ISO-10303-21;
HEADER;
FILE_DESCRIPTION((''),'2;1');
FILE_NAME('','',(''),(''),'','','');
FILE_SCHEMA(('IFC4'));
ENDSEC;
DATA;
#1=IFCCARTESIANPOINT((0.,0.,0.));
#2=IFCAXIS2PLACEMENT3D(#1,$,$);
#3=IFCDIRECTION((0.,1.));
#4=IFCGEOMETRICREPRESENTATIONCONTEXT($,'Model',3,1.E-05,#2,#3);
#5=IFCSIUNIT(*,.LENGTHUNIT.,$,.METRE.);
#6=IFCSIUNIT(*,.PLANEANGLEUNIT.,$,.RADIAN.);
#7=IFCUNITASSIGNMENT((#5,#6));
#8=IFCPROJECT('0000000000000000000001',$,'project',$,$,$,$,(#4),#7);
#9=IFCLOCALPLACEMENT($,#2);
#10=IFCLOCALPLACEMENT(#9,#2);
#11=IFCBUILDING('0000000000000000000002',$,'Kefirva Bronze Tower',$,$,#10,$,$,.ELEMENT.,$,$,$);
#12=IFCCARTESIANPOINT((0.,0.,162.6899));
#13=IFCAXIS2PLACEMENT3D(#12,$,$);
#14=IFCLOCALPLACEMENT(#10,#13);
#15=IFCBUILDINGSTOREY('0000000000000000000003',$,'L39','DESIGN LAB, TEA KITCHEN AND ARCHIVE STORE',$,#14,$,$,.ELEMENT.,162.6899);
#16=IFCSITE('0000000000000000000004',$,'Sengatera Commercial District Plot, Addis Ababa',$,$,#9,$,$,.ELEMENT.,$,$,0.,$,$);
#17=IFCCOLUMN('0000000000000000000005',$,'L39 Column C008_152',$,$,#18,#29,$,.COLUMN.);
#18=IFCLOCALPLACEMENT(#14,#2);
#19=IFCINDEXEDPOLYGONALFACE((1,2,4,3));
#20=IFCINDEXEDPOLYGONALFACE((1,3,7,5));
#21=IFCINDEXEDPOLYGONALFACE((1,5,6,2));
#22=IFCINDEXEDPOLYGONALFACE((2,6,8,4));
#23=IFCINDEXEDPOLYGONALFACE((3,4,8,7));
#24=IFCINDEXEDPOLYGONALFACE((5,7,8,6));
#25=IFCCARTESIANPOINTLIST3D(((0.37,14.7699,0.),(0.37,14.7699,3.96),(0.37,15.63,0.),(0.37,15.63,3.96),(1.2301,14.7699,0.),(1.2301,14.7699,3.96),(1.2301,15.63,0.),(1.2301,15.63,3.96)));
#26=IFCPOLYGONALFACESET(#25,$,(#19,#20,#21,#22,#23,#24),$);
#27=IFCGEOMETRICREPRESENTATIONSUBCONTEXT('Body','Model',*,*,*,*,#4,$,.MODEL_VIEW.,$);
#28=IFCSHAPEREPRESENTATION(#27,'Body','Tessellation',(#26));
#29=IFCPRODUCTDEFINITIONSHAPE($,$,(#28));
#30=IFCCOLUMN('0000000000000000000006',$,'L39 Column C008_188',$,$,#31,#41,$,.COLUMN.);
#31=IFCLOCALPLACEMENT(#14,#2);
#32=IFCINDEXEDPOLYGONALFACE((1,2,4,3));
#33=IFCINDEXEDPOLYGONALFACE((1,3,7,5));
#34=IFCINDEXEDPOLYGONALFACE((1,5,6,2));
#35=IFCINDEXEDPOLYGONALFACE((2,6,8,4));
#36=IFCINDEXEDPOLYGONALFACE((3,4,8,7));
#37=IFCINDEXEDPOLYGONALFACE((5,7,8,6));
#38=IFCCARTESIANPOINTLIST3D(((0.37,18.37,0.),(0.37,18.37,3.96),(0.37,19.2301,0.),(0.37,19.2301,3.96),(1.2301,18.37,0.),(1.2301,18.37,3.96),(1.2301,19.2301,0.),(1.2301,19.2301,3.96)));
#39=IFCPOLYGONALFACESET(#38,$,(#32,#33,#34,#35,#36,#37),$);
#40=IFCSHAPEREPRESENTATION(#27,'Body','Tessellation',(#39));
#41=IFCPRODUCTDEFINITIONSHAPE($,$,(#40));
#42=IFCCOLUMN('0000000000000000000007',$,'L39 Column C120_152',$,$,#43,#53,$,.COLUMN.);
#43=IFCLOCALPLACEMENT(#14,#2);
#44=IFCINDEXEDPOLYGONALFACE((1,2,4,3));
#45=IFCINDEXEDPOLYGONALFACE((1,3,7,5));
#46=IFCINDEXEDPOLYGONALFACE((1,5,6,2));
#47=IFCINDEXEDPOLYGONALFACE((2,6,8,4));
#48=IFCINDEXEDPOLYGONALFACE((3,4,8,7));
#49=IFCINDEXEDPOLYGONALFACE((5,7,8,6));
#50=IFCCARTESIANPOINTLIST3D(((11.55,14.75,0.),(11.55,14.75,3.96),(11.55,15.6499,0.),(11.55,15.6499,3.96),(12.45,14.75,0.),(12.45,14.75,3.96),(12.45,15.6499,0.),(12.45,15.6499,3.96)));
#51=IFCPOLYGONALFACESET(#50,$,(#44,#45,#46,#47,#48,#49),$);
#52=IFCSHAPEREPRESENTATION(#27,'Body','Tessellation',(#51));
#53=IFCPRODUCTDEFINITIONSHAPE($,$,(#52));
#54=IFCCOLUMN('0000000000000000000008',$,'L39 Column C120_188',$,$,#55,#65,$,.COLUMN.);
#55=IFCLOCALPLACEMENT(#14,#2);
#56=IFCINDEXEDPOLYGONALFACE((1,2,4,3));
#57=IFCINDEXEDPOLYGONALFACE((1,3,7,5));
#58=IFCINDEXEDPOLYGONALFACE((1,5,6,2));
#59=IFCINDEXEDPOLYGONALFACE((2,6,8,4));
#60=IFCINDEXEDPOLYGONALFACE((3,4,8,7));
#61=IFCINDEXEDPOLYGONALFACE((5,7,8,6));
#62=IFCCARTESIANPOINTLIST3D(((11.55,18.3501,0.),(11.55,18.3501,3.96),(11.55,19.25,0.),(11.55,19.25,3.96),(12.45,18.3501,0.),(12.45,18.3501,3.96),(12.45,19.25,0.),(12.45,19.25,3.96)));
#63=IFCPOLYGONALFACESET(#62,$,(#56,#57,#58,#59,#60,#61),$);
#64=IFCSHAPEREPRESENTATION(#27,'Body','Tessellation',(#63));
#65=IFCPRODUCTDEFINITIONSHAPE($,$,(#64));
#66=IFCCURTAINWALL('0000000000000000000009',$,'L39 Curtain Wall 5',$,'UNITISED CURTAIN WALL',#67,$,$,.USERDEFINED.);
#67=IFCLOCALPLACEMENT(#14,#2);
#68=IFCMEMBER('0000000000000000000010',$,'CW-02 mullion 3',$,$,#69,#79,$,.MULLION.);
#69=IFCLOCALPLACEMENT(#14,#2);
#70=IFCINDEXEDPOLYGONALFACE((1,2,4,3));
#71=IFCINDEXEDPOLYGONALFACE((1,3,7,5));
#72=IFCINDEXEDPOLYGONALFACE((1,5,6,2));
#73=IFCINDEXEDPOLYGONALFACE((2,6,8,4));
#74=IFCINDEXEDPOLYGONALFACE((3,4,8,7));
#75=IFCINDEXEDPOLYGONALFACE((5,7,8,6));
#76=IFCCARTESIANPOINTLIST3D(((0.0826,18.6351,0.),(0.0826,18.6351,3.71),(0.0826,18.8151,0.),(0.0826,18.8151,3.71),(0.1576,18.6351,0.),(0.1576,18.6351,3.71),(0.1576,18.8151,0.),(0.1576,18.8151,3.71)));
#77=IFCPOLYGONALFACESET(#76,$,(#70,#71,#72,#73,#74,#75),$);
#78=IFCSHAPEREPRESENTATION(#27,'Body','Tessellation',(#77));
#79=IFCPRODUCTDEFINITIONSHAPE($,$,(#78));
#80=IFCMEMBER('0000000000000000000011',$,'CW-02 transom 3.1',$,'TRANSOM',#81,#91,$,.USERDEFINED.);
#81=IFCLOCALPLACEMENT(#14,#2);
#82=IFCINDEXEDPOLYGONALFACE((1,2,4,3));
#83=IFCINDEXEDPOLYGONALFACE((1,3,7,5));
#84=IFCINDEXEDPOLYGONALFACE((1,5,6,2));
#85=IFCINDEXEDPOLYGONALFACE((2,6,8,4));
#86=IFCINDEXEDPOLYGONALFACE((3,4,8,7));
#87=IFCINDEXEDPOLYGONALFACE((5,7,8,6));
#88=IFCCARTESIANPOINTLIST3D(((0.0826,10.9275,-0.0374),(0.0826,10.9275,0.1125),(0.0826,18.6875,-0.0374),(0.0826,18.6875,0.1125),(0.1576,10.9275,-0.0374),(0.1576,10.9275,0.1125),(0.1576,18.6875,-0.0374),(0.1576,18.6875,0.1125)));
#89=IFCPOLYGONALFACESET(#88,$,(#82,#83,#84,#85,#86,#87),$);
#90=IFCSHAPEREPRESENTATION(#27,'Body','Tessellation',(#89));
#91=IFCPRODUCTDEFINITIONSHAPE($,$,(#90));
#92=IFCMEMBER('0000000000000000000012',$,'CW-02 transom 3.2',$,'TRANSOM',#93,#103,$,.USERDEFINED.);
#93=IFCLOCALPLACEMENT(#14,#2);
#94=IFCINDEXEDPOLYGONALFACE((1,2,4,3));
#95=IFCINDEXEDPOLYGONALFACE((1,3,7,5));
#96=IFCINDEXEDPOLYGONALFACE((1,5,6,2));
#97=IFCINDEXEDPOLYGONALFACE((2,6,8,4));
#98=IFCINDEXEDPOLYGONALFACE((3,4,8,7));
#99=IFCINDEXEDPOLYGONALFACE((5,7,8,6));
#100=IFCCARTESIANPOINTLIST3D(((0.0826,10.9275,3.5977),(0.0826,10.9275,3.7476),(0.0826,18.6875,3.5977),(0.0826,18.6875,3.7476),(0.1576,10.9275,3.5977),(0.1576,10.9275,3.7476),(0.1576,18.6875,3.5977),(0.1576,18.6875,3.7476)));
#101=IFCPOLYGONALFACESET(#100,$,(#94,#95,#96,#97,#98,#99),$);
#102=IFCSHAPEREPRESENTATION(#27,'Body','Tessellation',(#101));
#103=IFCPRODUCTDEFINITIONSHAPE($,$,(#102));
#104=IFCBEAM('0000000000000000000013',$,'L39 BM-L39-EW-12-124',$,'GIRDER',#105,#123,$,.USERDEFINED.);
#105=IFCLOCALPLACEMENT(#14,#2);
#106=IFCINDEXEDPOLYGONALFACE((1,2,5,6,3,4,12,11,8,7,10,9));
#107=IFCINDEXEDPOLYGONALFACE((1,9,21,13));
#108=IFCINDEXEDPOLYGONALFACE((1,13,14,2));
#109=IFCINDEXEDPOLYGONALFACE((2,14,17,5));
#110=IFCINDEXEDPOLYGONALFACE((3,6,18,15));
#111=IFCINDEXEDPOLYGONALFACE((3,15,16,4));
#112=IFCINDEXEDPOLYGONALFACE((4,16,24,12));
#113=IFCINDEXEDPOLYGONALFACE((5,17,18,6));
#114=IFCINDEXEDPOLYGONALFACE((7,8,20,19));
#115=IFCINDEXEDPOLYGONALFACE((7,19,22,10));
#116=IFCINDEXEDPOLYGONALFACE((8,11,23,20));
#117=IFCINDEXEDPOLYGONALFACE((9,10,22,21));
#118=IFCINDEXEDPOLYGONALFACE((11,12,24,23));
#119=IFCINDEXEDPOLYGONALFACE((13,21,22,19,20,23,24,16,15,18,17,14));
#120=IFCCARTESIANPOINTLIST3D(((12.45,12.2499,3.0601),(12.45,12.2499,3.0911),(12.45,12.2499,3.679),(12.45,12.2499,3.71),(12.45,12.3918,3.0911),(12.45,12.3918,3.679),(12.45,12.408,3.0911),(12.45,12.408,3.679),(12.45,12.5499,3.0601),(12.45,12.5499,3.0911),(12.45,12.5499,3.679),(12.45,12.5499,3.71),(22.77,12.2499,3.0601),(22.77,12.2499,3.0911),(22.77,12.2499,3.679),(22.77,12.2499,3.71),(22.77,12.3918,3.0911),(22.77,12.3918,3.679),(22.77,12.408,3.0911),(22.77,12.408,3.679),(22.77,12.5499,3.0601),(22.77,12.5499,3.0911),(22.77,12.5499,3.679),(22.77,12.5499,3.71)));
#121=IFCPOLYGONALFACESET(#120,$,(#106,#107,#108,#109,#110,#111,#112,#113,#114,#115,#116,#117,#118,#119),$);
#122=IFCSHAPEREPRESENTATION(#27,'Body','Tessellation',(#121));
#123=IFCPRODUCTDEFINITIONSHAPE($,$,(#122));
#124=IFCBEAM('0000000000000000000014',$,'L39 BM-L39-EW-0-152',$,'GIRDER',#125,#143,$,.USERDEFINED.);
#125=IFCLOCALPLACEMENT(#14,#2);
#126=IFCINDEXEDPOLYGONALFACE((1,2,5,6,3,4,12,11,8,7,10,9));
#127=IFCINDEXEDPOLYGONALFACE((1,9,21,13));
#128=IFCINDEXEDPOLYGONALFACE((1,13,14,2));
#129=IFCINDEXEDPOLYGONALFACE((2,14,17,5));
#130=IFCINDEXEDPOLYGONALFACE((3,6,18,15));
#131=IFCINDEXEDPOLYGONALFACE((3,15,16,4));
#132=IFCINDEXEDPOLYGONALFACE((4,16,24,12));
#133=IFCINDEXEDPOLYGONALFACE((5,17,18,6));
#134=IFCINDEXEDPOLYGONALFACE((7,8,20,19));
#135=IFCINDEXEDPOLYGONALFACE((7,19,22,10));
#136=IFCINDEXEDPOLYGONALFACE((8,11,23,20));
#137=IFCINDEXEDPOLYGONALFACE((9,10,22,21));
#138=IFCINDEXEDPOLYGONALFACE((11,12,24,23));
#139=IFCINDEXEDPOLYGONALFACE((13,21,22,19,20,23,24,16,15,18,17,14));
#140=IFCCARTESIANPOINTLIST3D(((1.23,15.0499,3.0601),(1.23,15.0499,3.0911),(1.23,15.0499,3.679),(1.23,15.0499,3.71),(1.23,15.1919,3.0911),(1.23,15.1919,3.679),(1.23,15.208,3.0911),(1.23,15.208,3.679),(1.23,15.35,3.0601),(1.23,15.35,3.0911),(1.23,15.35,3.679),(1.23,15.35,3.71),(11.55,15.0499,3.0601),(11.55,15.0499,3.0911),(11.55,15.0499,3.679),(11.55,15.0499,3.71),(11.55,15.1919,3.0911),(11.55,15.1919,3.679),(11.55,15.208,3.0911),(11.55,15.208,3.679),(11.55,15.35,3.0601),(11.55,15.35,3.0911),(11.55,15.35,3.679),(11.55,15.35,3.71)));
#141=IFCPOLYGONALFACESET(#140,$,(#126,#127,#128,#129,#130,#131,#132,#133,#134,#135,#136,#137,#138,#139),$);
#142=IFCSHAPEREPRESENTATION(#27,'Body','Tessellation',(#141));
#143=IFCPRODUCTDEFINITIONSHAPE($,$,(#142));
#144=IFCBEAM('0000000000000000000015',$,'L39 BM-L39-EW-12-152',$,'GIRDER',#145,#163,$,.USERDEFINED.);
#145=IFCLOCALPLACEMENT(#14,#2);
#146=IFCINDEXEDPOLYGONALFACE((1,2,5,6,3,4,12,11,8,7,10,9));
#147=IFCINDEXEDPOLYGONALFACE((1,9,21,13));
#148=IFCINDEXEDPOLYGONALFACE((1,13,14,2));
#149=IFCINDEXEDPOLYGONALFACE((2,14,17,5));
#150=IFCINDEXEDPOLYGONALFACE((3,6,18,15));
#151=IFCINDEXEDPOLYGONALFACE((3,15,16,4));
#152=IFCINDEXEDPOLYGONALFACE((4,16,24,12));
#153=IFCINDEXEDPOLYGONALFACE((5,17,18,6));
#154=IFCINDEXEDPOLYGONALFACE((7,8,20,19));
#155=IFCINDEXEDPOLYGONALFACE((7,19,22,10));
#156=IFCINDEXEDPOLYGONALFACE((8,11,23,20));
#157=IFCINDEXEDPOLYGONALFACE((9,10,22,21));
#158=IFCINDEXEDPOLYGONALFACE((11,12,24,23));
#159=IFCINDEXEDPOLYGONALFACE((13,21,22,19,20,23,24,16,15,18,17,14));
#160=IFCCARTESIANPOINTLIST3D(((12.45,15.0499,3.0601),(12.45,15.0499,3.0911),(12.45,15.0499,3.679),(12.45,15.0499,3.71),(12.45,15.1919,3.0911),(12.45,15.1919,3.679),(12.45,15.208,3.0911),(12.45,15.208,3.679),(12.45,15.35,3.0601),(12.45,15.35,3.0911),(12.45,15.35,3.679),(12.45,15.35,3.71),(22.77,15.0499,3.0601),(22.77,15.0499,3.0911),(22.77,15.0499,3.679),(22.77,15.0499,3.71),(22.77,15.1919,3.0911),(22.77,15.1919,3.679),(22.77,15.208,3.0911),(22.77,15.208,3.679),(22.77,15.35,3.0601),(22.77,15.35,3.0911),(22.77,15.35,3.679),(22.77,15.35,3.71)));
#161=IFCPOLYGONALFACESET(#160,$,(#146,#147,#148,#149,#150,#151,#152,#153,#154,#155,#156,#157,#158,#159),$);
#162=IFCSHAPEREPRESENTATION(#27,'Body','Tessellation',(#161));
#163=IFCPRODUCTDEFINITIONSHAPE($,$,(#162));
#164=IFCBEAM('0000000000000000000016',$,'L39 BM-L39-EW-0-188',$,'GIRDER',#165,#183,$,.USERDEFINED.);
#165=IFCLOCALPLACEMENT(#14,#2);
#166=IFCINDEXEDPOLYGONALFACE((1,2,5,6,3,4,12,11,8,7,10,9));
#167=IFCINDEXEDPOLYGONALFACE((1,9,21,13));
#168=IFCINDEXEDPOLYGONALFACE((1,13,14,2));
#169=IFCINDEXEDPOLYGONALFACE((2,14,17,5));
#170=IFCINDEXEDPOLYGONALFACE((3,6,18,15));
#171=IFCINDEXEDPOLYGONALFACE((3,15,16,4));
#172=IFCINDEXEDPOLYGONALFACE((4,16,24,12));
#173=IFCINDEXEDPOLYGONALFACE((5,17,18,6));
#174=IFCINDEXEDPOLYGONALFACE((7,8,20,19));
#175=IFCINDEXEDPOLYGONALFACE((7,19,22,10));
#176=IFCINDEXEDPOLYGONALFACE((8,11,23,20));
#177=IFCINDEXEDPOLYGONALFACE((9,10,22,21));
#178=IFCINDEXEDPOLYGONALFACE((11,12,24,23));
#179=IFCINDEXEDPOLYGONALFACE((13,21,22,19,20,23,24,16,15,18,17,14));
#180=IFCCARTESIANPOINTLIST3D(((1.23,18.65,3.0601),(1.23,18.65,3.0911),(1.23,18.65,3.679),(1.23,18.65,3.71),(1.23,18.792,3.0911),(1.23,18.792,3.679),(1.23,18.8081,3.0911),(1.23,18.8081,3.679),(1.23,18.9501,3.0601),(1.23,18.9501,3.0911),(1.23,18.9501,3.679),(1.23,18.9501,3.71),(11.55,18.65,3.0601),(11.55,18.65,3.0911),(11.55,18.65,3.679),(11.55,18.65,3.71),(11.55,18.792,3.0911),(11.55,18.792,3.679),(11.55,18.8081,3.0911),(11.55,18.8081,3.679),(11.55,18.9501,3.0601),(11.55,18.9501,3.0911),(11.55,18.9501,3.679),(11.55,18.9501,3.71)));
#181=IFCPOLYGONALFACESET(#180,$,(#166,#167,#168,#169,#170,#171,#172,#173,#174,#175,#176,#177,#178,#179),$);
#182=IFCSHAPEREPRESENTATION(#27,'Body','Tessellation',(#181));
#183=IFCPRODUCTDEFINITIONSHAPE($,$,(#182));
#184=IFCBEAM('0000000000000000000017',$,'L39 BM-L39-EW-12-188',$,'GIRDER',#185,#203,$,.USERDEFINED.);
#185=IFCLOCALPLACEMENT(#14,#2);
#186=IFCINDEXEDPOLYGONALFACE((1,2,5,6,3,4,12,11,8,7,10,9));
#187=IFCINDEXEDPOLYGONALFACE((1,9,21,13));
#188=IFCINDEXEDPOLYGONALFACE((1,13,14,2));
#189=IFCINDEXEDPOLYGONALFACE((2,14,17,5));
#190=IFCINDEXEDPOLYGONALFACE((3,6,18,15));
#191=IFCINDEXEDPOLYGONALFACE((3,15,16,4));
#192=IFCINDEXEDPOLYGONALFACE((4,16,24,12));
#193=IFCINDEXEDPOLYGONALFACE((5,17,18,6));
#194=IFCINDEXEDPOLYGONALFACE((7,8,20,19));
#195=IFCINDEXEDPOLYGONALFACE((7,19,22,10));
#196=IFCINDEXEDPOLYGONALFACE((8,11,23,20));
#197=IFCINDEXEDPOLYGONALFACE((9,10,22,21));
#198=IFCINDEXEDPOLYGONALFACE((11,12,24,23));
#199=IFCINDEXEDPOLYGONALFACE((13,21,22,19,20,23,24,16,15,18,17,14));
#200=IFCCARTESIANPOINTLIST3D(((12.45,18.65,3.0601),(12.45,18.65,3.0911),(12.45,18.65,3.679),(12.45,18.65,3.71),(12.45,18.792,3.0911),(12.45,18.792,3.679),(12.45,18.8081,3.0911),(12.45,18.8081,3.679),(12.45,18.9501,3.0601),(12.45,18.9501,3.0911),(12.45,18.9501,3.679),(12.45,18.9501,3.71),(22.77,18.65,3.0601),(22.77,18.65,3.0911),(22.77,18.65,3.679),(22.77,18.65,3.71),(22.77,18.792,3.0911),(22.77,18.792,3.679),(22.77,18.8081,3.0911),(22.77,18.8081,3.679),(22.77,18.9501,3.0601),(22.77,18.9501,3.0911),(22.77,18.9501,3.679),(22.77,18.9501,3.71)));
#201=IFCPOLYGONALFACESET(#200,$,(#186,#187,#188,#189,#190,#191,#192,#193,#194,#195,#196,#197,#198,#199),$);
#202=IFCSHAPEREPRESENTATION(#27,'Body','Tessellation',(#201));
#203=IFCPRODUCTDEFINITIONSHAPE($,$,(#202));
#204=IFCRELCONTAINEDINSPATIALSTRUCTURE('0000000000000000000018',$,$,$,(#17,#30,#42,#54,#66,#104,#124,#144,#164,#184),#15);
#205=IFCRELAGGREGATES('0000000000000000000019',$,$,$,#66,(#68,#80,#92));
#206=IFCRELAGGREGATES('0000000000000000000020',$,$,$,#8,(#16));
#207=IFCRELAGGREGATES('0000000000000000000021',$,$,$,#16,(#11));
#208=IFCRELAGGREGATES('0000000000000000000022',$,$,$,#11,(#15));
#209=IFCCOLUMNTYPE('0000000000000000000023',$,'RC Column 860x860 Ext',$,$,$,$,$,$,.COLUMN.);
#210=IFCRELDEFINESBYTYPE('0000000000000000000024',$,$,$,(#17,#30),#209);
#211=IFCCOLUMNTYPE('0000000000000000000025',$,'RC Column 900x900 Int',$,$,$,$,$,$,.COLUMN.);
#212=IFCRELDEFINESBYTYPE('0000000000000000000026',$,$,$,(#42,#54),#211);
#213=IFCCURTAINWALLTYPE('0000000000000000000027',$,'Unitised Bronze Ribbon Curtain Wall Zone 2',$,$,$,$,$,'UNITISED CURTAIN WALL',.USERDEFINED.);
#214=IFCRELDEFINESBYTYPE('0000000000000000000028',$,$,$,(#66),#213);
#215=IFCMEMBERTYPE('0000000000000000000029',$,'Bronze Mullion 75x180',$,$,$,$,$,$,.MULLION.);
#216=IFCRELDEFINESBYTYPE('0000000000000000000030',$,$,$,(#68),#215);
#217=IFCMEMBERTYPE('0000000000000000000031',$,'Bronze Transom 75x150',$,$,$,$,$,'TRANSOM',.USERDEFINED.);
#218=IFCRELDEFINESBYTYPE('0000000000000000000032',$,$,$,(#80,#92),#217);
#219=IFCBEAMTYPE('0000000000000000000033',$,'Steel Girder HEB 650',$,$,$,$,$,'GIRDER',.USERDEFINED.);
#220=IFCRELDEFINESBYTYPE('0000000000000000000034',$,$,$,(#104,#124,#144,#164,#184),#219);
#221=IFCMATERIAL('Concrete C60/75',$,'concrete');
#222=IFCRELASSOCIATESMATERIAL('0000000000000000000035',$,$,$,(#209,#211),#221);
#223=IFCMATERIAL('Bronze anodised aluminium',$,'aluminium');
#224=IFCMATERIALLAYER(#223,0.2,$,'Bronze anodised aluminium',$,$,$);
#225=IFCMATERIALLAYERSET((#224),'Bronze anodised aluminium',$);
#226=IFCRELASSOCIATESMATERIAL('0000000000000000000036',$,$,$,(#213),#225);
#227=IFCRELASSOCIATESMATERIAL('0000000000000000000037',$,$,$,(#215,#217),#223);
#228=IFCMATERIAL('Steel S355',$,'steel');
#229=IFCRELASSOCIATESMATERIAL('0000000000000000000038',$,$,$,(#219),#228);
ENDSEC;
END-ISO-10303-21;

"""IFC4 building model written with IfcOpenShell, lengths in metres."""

from ifc_helpers import new_model, si_unit, direction, frame, origin, origin_2d, place, context, subcontext, project, spatial, rectangle, i_section, extrude, material, layer, layer_set, material_profile, profile_set, type_object, element, aggregate, save


model = new_model("IFC4")

# Units and contexts
model_context = context("Model", 3, precision=1e-05, world=origin(), true_north=direction((0.0, 1.0)))
body_context = subcontext(model_context, "Body", "Model", "MODEL_VIEW")
ifc_project = project(units=[si_unit("LENGTHUNIT", "METRE"), si_unit("PLANEANGLEUNIT", "RADIAN")], contexts=[model_context])

# Site, building, storey
site_placement = place(None, origin())
site = spatial("IfcSite", under=ifc_project, at=site_placement, Name="Sengatera Commercial District Plot, Addis Ababa", CompositionType="ELEMENT", RefElevation=0.0)
building_placement = place(site_placement, origin())
building = spatial("IfcBuilding", under=site, at=building_placement, Name="Kefirva Bronze Tower", CompositionType="ELEMENT")
storey_placement = place(building_placement, frame((0.0, 0.0, 162.6899)))
storey = spatial("IfcBuildingStorey", under=building, at=storey_placement, Name="L39", Description="DESIGN LAB, TEA KITCHEN AND ARCHIVE STORE", CompositionType="ELEMENT", Elevation=162.6899)

# Columns
ifc_material_1 = material(Name="Concrete C60/75", Category="concrete")
ifc_material_profile_1 = material_profile(ifc_material_1, rectangle(XDim=0.8601, YDim=0.8601, at=origin_2d()), Name="RC 860x860")
ifc_profile_set_1 = profile_set([ifc_material_profile_1], Name="Concrete C60/75")
column_type_1 = type_object("IfcColumnType", Name="RC Column 860x860 Ext", PredefinedType="COLUMN", material=ifc_profile_set_1)
for number, where, z_axis, x_axis, name in (
    (1, (0.8, 15.2, 0.0), (0.0, 0.0, 1.0), (1.0, 0.0, 0.0), "L39 Column C008_152"),
    (2, (0.8, 18.8, 0.0), (0.0, 0.0, 1.0), (1.0, 0.0, 0.0), "L39 Column C008_188"),
):
    element("IfcColumn", number, at=place(storey_placement, frame(where, z_axis=z_axis, x_axis=x_axis)), inside=storey, type_object=column_type_1, Name=name, PredefinedType="COLUMN", context=body_context, shape_type="SweptSolid", body=[
        extrude(rectangle(XDim=0.8601, YDim=0.8601, at=origin_2d()), origin(), (0.0, 0.0, 1.0), 3.96),
    ])
ifc_material_profile_2 = material_profile(ifc_material_1, rectangle(XDim=0.8999, YDim=0.8999, at=origin_2d()), Name="RC 900x900")
ifc_profile_set_2 = profile_set([ifc_material_profile_2], Name="Concrete C60/75")
column_type_2 = type_object("IfcColumnType", Name="RC Column 900x900 Int", PredefinedType="COLUMN", material=ifc_profile_set_2)
for number, where, z_axis, x_axis, name in (
    (3, (12.0, 15.2, 0.0), (0.0, 0.0, 1.0), (1.0, 0.0, 0.0), "L39 Column C120_152"),
    (4, (12.0, 18.8, 0.0), (0.0, 0.0, 1.0), (1.0, 0.0, 0.0), "L39 Column C120_188"),
):
    element("IfcColumn", number, at=place(storey_placement, frame(where, z_axis=z_axis, x_axis=x_axis)), inside=storey, type_object=column_type_2, Name=name, PredefinedType="COLUMN", context=body_context, shape_type="SweptSolid", body=[
        extrude(rectangle(XDim=0.8999, YDim=0.8999, at=origin_2d()), origin(), (0.0, 0.0, 1.0), 3.96),
    ])

# Curtain wall, members
ifc_material_2 = material(Name="Bronze anodised aluminium", Category="aluminium")
ifc_layer_1 = layer(ifc_material_2, 0.2, Name="Bronze anodised aluminium")
ifc_layer_set_1 = layer_set([ifc_layer_1], Name="Bronze anodised aluminium")
curtain_wall_type = type_object("IfcCurtainWallType", Name="Unitised Bronze Ribbon Curtain Wall Zone 2", ElementType="UNITISED CURTAIN WALL", PredefinedType="USERDEFINED", material=ifc_layer_set_1)
curtain_wall_placement = place(storey_placement, origin())
curtain_wall = element("IfcCurtainWall", 5, at=curtain_wall_placement, inside=storey, type_object=curtain_wall_type, Name="L39 Curtain Wall 5", ObjectType="UNITISED CURTAIN WALL", PredefinedType="USERDEFINED")
ifc_material_profile_3 = material_profile(ifc_material_2, rectangle(XDim=0.075, YDim=0.1799, at=origin_2d()), Name="ALU 75x180")
ifc_profile_set_3 = profile_set([ifc_material_profile_3], Name="Bronze anodised aluminium")
member_type_1 = type_object("IfcMemberType", Name="Bronze Mullion 75x180", PredefinedType="MULLION", material=ifc_profile_set_3)
member_1_placement = place(storey_placement, frame((0.1201, 18.7251, 0.0), z_axis=(0.0, 0.0, 1.0), x_axis=(1.0, 0.0, 0.0)))
member_1 = element("IfcMember", 6, at=member_1_placement, type_object=member_type_1, Name="CW-02 mullion 3", PredefinedType="MULLION", context=body_context, shape_type="SweptSolid", body=[
    extrude(rectangle(XDim=0.075, YDim=0.1799, at=origin_2d()), origin(), (0.0, 0.0, 1.0), 3.71),
])
ifc_material_profile_4 = material_profile(ifc_material_2, rectangle(XDim=0.075, YDim=0.1499, at=origin_2d()), Name="ALU 75x150")
ifc_profile_set_4 = profile_set([ifc_material_profile_4], Name="Bronze anodised aluminium")
member_type_2 = type_object("IfcMemberType", Name="Bronze Transom 75x150", ElementType="TRANSOM", PredefinedType="USERDEFINED", material=ifc_profile_set_4)
member_2_placement = place(storey_placement, frame((0.1201, 18.6875, 0.0376), z_axis=(0.0, -1.0, 0.0), x_axis=(1.0, 0.0, 0.0)))
member_2 = element("IfcMember", 7, at=member_2_placement, type_object=member_type_2, Name="CW-02 transom 3.1", ObjectType="TRANSOM", PredefinedType="USERDEFINED", context=body_context, shape_type="SweptSolid", body=[
    extrude(rectangle(XDim=0.075, YDim=0.1499, at=origin_2d()), origin(), (0.0, 0.0, 1.0), 7.76),
])
member_3_placement = place(storey_placement, frame((0.1201, 18.6875, 3.6726), z_axis=(0.0, -1.0, 0.0), x_axis=(1.0, 0.0, 0.0)))
member_3 = element("IfcMember", 8, at=member_3_placement, type_object=member_type_2, Name="CW-02 transom 3.2", ObjectType="TRANSOM", PredefinedType="USERDEFINED", context=body_context, shape_type="SweptSolid", body=[
    extrude(rectangle(XDim=0.075, YDim=0.1499, at=origin_2d()), origin(), (0.0, 0.0, 1.0), 7.76),
])

# Beams
ifc_material_3 = material(Name="Steel S355", Category="steel")
ifc_material_profile_5 = material_profile(ifc_material_3, i_section(OverallWidth=0.3, OverallDepth=0.6499, WebThickness=0.0161, FlangeThickness=0.031, at=origin_2d()), Name="HEB 650")
ifc_profile_set_5 = profile_set([ifc_material_profile_5], Name="Steel S355")
beam_type_1 = type_object("IfcBeamType", Name="Steel Girder HEB 650", ElementType="GIRDER", PredefinedType="USERDEFINED", material=ifc_profile_set_5)
for number, where, z_axis, x_axis, name in (
    (9, (12.45, 12.3999, 3.385), (1.0, 0.0, 0.0), (0.0, 1.0, 0.0), "L39 BM-L39-EW-12-124"),
    (10, (1.23, 15.2, 3.385), (1.0, 0.0, 0.0), (0.0, 1.0, 0.0), "L39 BM-L39-EW-0-152"),
    (11, (12.45, 15.2, 3.385), (1.0, 0.0, 0.0), (0.0, 1.0, 0.0), "L39 BM-L39-EW-12-152"),
    (12, (1.23, 18.8, 3.385), (1.0, 0.0, 0.0), (0.0, 1.0, 0.0), "L39 BM-L39-EW-0-188"),
    (13, (12.45, 18.8, 3.385), (1.0, 0.0, 0.0), (0.0, 1.0, 0.0), "L39 BM-L39-EW-12-188"),
):
    element("IfcBeam", number, at=place(storey_placement, frame(where, z_axis=z_axis, x_axis=x_axis)), inside=storey, type_object=beam_type_1, Name=name, ObjectType="GIRDER", PredefinedType="USERDEFINED", context=body_context, shape_type="SweptSolid", body=[
        extrude(i_section(OverallWidth=0.3, OverallDepth=0.6499, WebThickness=0.0161, FlangeThickness=0.031, at=origin_2d()), origin(), (0.0, 0.0, 1.0), 10.3201),
    ])

aggregate(curtain_wall, [member_1, member_2, member_3])

save(model, "model.ifc")
